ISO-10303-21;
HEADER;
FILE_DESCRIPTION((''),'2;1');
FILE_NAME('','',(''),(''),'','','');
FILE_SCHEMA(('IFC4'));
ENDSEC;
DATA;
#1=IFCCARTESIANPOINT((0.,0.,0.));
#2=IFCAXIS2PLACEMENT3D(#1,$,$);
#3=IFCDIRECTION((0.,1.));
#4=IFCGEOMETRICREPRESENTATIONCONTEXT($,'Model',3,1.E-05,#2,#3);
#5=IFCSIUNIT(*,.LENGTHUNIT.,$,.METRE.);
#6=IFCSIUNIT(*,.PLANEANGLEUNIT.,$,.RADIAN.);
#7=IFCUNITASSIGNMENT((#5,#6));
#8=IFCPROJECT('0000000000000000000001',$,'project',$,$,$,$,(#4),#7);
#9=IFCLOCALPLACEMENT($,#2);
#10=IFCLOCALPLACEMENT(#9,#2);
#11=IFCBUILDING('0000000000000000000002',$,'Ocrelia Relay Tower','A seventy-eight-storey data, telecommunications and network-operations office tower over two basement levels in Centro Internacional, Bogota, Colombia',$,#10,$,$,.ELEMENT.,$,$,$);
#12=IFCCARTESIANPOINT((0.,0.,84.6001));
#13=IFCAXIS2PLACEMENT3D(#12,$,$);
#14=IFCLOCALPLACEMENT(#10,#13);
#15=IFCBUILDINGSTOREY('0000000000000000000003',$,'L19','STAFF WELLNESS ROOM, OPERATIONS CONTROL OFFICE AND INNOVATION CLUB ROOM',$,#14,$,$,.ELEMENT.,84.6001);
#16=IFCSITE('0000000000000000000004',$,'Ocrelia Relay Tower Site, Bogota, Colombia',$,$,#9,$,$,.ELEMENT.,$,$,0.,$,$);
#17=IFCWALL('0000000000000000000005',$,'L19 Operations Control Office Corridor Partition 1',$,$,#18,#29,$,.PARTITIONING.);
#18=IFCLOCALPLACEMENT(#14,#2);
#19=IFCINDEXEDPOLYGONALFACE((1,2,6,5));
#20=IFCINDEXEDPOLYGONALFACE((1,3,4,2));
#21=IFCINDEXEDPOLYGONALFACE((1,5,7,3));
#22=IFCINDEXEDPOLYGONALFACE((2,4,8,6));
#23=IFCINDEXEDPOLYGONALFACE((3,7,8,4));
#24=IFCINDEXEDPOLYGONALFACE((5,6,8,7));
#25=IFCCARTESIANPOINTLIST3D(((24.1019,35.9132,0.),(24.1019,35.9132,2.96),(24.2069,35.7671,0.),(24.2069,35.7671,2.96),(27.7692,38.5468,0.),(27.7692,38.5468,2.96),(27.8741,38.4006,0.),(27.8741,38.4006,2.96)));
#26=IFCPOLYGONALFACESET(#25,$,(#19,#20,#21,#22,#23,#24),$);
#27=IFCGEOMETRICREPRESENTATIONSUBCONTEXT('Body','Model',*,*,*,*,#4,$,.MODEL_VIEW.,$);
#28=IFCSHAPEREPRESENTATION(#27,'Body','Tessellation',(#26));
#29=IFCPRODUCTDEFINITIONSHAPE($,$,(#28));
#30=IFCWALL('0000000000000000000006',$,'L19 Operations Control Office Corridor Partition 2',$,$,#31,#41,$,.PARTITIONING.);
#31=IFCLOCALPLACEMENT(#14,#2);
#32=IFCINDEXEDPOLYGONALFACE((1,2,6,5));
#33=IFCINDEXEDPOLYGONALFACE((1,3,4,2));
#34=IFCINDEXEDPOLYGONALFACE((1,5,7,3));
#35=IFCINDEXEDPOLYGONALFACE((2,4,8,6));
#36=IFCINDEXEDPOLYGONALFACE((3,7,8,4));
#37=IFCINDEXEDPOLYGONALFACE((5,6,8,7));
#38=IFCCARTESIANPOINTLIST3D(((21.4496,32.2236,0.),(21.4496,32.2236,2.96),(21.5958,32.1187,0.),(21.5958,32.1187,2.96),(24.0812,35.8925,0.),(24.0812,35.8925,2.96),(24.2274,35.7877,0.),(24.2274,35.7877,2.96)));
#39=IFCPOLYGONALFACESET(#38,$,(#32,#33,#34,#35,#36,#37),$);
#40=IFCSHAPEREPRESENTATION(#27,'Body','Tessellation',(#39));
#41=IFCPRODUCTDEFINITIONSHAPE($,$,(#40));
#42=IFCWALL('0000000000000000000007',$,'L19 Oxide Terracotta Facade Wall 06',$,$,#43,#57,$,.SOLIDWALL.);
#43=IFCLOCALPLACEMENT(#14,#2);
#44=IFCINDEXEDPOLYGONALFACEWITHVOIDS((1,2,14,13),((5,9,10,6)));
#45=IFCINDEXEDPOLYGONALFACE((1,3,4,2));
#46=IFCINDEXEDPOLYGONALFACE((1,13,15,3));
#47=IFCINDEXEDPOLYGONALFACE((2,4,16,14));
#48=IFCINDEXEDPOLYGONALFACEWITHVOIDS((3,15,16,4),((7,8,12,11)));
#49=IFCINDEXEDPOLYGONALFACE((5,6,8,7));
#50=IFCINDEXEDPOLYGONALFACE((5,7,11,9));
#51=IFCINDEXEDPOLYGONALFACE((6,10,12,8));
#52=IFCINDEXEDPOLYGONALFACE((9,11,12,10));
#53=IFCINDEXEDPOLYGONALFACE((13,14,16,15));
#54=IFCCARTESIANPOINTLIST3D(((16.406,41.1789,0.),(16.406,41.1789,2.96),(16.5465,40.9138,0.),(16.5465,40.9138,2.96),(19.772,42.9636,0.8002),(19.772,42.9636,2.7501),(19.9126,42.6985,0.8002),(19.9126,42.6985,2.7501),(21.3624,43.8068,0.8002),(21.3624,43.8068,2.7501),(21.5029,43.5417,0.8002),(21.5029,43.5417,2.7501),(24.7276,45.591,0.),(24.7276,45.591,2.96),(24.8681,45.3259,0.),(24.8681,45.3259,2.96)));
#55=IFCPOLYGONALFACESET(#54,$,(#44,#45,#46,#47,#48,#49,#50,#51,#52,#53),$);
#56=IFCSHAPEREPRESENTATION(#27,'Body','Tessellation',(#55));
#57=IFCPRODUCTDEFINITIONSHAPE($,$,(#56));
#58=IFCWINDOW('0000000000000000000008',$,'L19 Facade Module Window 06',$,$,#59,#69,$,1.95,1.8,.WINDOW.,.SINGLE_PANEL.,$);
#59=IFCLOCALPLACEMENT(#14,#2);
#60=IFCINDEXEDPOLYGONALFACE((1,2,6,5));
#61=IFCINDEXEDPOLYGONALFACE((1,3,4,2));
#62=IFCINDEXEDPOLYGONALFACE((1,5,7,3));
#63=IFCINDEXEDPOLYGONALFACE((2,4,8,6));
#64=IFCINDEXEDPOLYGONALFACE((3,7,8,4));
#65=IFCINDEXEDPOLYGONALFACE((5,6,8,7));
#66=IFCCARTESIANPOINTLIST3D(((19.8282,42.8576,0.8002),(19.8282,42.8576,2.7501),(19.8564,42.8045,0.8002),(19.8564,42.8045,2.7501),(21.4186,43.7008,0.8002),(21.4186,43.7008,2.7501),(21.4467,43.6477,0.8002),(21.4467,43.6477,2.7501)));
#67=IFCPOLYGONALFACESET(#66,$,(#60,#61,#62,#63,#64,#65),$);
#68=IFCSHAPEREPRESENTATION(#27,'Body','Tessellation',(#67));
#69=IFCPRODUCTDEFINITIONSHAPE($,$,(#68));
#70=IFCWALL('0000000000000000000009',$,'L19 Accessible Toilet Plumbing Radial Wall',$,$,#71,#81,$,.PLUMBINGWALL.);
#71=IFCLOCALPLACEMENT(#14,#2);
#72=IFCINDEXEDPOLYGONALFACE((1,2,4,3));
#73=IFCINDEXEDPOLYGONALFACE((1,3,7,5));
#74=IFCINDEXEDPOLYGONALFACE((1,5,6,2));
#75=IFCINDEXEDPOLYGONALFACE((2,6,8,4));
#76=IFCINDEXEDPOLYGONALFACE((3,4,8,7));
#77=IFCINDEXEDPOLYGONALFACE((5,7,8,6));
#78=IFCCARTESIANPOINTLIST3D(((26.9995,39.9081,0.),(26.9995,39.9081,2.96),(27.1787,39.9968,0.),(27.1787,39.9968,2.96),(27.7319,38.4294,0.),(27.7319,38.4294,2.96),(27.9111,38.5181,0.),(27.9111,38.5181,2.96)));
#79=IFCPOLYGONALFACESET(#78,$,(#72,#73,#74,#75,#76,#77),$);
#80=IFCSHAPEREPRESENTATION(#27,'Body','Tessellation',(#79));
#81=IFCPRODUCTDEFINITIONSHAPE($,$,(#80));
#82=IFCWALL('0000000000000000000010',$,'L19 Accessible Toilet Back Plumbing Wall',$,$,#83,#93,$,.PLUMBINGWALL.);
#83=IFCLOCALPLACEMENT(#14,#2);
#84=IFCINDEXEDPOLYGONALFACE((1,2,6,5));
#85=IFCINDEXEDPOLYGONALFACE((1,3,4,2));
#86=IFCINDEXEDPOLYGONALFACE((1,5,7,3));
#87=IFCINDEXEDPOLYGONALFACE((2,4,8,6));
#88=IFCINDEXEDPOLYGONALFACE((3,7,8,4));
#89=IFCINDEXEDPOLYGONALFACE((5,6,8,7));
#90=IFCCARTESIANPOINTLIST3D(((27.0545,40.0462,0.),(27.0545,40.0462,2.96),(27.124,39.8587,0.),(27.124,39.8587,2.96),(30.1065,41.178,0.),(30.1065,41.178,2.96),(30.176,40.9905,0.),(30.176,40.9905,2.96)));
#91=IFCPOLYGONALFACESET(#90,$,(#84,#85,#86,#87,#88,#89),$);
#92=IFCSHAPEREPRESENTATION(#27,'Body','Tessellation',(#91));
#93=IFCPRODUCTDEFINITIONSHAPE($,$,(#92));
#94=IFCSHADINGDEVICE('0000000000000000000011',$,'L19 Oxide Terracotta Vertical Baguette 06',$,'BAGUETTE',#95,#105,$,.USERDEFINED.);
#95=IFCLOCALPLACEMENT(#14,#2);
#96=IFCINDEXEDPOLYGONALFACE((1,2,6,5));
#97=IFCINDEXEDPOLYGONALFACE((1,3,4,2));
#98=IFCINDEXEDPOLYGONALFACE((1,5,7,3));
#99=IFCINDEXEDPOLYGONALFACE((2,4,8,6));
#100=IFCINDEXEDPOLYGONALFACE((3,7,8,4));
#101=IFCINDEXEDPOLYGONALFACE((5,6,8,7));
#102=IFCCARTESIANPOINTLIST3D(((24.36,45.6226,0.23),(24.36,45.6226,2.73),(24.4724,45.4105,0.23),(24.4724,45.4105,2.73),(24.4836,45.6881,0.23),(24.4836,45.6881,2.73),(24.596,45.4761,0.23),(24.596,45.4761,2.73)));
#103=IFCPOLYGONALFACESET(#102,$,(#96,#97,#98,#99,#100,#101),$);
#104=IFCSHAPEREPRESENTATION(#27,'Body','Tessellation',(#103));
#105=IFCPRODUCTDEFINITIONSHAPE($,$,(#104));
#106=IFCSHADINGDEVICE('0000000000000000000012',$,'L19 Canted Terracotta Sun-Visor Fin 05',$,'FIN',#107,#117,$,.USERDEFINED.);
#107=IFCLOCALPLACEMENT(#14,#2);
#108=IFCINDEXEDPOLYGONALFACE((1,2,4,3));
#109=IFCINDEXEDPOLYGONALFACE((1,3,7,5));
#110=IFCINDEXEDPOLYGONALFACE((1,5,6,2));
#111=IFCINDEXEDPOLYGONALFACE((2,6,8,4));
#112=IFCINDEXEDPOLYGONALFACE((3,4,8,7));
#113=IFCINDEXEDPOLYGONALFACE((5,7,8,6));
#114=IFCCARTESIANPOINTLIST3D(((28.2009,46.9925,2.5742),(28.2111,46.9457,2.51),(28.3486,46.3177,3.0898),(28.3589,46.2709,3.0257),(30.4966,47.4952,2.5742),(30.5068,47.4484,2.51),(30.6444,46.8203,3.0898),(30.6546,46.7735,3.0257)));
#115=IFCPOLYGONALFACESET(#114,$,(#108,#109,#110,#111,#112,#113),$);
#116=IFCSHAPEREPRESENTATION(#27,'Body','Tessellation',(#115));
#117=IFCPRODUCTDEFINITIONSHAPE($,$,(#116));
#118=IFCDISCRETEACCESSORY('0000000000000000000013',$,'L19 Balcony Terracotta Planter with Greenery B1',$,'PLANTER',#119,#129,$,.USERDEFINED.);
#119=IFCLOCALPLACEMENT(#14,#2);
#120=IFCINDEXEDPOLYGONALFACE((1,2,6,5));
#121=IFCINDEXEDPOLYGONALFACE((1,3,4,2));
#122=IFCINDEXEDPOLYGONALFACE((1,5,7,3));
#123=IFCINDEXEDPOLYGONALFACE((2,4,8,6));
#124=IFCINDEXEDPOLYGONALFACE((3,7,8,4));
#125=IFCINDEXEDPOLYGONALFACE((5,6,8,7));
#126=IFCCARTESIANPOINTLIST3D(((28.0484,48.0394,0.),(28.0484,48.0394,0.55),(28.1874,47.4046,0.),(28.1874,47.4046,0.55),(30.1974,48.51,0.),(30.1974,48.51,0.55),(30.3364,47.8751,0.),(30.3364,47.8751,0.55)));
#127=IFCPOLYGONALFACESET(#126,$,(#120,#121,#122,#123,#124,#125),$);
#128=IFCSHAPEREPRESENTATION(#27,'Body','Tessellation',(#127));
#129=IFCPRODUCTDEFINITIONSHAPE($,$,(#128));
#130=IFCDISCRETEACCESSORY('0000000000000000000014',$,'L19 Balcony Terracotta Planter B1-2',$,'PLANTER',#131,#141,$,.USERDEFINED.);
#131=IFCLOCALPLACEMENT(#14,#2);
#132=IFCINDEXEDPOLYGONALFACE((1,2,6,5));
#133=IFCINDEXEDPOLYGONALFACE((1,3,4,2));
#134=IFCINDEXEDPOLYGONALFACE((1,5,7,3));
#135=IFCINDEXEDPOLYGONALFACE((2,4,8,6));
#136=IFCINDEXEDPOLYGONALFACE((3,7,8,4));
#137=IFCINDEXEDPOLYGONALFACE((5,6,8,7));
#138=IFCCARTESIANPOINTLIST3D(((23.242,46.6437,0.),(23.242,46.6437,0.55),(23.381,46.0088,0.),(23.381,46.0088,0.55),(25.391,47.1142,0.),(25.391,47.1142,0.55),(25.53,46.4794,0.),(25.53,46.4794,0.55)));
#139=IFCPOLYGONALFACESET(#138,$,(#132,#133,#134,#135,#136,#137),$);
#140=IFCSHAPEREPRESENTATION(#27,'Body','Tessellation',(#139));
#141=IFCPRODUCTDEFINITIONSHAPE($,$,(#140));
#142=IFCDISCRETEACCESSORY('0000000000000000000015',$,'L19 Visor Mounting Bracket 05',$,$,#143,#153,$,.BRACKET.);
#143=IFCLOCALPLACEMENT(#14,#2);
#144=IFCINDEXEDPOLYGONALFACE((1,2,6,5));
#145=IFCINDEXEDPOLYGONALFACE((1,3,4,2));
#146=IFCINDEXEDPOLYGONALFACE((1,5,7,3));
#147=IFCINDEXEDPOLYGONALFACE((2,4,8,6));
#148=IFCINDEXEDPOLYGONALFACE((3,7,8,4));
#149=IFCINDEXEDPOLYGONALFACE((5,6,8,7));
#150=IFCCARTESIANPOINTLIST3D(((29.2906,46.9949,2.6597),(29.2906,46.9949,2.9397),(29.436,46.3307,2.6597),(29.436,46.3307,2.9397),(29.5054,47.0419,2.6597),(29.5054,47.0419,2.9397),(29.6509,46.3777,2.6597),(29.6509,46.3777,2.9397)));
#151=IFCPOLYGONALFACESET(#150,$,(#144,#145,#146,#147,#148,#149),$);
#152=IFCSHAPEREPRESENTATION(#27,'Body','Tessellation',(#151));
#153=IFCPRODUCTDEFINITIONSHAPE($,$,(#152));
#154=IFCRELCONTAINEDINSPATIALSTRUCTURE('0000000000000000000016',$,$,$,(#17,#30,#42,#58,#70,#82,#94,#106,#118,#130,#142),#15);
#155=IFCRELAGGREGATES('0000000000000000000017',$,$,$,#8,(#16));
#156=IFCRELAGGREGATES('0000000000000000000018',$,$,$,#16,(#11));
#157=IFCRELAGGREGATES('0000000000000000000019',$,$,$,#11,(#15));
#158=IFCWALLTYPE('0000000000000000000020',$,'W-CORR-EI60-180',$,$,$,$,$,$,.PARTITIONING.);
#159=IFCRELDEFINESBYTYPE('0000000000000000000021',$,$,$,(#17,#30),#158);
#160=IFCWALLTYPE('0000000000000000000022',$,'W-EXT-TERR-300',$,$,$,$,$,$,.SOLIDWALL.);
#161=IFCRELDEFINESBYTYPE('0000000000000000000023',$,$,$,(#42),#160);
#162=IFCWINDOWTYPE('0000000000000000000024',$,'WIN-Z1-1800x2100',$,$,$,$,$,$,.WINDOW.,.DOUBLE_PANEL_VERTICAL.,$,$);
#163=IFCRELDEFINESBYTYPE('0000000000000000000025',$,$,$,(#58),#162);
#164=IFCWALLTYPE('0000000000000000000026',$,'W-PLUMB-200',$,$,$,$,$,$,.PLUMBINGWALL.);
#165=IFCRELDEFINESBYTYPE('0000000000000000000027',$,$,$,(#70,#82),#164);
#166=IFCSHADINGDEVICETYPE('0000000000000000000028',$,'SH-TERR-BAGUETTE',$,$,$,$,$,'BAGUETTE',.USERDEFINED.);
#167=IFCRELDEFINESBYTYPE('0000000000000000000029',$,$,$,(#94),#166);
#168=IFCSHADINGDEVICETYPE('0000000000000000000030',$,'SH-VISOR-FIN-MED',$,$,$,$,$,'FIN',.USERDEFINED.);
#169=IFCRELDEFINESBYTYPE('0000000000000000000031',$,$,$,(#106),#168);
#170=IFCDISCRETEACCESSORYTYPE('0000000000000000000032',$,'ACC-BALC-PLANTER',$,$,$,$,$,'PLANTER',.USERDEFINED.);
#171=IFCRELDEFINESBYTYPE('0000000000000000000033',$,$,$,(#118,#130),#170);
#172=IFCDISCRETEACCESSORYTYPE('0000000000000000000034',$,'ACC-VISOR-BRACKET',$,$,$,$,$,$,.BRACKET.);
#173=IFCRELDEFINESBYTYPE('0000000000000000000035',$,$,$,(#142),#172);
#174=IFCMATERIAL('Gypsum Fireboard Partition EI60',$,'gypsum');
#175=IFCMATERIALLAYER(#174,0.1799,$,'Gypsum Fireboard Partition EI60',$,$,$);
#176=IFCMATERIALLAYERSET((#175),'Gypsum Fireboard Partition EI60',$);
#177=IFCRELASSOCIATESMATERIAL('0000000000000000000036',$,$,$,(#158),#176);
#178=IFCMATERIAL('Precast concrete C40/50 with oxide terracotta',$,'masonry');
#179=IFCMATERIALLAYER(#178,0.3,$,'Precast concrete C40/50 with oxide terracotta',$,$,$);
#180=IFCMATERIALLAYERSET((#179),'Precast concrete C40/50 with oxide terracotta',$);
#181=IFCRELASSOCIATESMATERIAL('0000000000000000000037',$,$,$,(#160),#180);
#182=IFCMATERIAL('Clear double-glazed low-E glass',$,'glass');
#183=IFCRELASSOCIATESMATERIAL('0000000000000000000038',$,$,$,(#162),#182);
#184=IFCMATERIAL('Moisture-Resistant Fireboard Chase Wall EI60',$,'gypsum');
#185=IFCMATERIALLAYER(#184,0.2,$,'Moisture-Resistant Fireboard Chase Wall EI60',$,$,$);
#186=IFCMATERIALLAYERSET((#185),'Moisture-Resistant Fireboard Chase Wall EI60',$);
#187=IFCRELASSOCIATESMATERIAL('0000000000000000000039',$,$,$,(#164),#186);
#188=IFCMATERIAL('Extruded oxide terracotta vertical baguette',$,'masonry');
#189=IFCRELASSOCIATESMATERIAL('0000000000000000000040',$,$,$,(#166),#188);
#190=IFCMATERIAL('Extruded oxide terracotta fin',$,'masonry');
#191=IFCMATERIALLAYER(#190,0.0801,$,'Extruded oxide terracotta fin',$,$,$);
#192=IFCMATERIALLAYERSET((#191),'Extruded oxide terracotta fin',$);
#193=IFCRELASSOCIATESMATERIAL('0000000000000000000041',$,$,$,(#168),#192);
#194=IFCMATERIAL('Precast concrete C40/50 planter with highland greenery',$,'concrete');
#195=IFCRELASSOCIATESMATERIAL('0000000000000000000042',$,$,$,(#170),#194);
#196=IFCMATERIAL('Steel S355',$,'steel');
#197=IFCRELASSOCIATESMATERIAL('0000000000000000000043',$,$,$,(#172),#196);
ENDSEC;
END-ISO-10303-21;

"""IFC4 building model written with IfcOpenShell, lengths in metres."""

from ifc_helpers import new_model, si_unit, direction, frame, frame_2d, origin, origin_2d, place, context, subcontext, project, spatial, rectangle, extrude, material, layer, layer_set, type_object, element, fill, save


model = new_model("IFC4")

# Units and contexts
model_context = context("Model", 3, precision=1e-05, world=origin(), true_north=direction((0.0, 1.0)))
body_context = subcontext(model_context, "Body", "Model", "MODEL_VIEW")
ifc_project = project(units=[si_unit("LENGTHUNIT", "METRE"), si_unit("PLANEANGLEUNIT", "RADIAN")], contexts=[model_context])

# Site, building, storey
site_placement = place(None, origin())
site = spatial("IfcSite", under=ifc_project, at=site_placement, Name="Ocrelia Relay Tower Site, Bogota, Colombia", CompositionType="ELEMENT", RefElevation=0.0)
building_placement = place(site_placement, origin())
building = spatial("IfcBuilding", under=site, at=building_placement, Name="Ocrelia Relay Tower", Description="A seventy-eight-storey data, telecommunications and network-operations office tower over two basement levels in Centro Internacional, Bogota, Colombia", CompositionType="ELEMENT")
storey_placement = place(building_placement, frame((0.0, 0.0, 84.6001)))
storey = spatial("IfcBuildingStorey", under=building, at=storey_placement, Name="L19", Description="STAFF WELLNESS ROOM, OPERATIONS CONTROL OFFICE AND INNOVATION CLUB ROOM", CompositionType="ELEMENT", Elevation=84.6001)

# Shared definitions
ifc_material_1 = material(Name="Steel S355", Category="steel")

# Shared definitions
ifc_material_2 = material(Name="Gypsum Fireboard Partition EI60", Category="gypsum")
ifc_layer_1 = layer(ifc_material_2, 0.1799, Name="Gypsum Fireboard Partition EI60")
ifc_layer_set_1 = layer_set([ifc_layer_1], Name="Gypsum Fireboard Partition EI60")
wall_type_1 = type_object("IfcWallType", Name="W-CORR-EI60-180", PredefinedType="PARTITIONING", material=ifc_layer_set_1)

# Walls
wall_1_placement = place(storey_placement, frame((27.8215, 38.4736, 0.0), z_axis=(0.0, 0.0, 1.0), x_axis=(-0.812255, -0.583303, 0.0)))
element("IfcWall", 1, at=wall_1_placement, inside=storey, type_object=wall_type_1, Name="L19 Operations Control Office Corridor Partition 1", PredefinedType="PARTITIONING", context=body_context, shape_type="SweptSolid", body=[
    extrude(rectangle(XDim=4.5149, YDim=0.1799, at=frame_2d((2.2573, 0.0))), origin(), (0.0, 0.0, 1.0), 2.96),
])
wall_2_placement = place(storey_placement, frame((24.1543, 35.8401, 0.0), z_axis=(0.0, 0.0, 1.0), x_axis=(-0.582838, -0.812588, 0.0)))
element("IfcWall", 2, at=wall_2_placement, inside=storey, type_object=wall_type_1, Name="L19 Operations Control Office Corridor Partition 2", PredefinedType="PARTITIONING", context=body_context, shape_type="SweptSolid", body=[
    extrude(rectangle(XDim=4.5151, YDim=0.1799, at=frame_2d((2.2576, 0.0))), origin(), (0.0, 0.0, 1.0), 2.96),
])

# Wall, opening, window
ifc_material_3 = material(Name="Precast concrete C40/50 with oxide terracotta", Category="masonry")
ifc_layer_2 = layer(ifc_material_3, 0.3, Name="Precast concrete C40/50 with oxide terracotta")
ifc_layer_set_2 = layer_set([ifc_layer_2], Name="Precast concrete C40/50 with oxide terracotta")
wall_type_2 = type_object("IfcWallType", Name="W-EXT-TERR-300", PredefinedType="SOLIDWALL", material=ifc_layer_set_2)
wall_3_placement = place(storey_placement, frame((24.7979, 45.4585, 0.0), z_axis=(0.0, 0.0, 1.0), x_axis=(-0.883498, -0.468434, 0.0)))
wall_3 = element("IfcWall", 3, at=wall_3_placement, inside=storey, type_object=wall_type_2, Name="L19 Oxide Terracotta Facade Wall 06", PredefinedType="SOLIDWALL", context=body_context, shape_type="SweptSolid", body=[
    extrude(rectangle(XDim=9.4189, YDim=0.3, at=frame_2d((4.7095, 0.0))), origin(), (0.0, 0.0, 1.0), 2.96),
])
opening_1_placement = place(wall_3_placement, frame((3.8091, 0.0, 0.8)))
opening_1 = element("IfcOpeningElement", 4, at=opening_1_placement, cuts=wall_3, PredefinedType="OPENING", context=body_context, shape_type="SweptSolid", body=[
    extrude(rectangle(XDim=1.8, YDim=1.95, at=frame_2d((0.8999, 0.9751))), frame((0.0, 0.1602, 0.0), z_axis=(0.0, -1.0, 0.0), x_axis=(1.0, 0.0, 0.0)), (0.0, 0.0, 1.0), 0.3201),
])
ifc_material_4 = material(Name="Clear double-glazed low-E glass", Category="glass")
window_type = type_object("IfcWindowType", Name="WIN-Z1-1800x2100", PartitioningType="DOUBLE_PANEL_VERTICAL", PredefinedType="WINDOW", material=ifc_material_4)
window_placement = place(opening_1_placement, origin())
window = element("IfcWindow", 5, at=window_placement, inside=storey, type_object=window_type, Name="L19 Facade Module Window 06", OverallHeight=1.95, OverallWidth=1.8, PartitioningType="SINGLE_PANEL", PredefinedType="WINDOW", context=body_context, shape_type="SweptSolid", body=[
    extrude(rectangle(XDim=1.8, YDim=1.95, at=frame_2d((0.8999, 0.9751))), frame((0.0, 0.03, 0.0), z_axis=(0.0, -1.0, 0.0), x_axis=(1.0, 0.0, 0.0)), (0.0, 0.0, 1.0), 0.0601),
])
fill(opening_1, window)

# Walls
ifc_material_5 = material(Name="Moisture-Resistant Fireboard Chase Wall EI60", Category="gypsum")
ifc_layer_3 = layer(ifc_material_5, 0.2, Name="Moisture-Resistant Fireboard Chase Wall EI60")
ifc_layer_set_3 = layer_set([ifc_layer_3], Name="Moisture-Resistant Fireboard Chase Wall EI60")
wall_type_3 = type_object("IfcWallType", Name="W-PLUMB-200", PredefinedType="PLUMBINGWALL", material=ifc_layer_set_3)
wall_4_placement = place(storey_placement, frame((27.8215, 38.4736, 0.0), z_axis=(0.0, 0.0, 1.0), x_axis=(-0.443837, 0.896107, 0.0)))
element("IfcWall", 6, at=wall_4_placement, inside=storey, type_object=wall_type_3, Name="L19 Accessible Toilet Plumbing Radial Wall", PredefinedType="PLUMBINGWALL", context=body_context, shape_type="SweptSolid", body=[
    extrude(rectangle(XDim=1.6501, YDim=0.2, at=frame_2d((0.8252, 0.0))), origin(), (0.0, 0.0, 1.0), 2.96),
])
wall_5_placement = place(storey_placement, frame((30.1411, 41.0842, 0.0), z_axis=(0.0, 0.0, 1.0), x_axis=(-0.937602, -0.34771, 0.0)))
element("IfcWall", 7, at=wall_5_placement, inside=storey, type_object=wall_type_3, Name="L19 Accessible Toilet Back Plumbing Wall", PredefinedType="PLUMBINGWALL", context=body_context, shape_type="SweptSolid", body=[
    extrude(rectangle(XDim=3.2551, YDim=0.2, at=frame_2d((1.6274, 0.0))), origin(), (0.0, 0.0, 1.0), 2.96),
])

# Shading devices
ifc_material_6 = material(Name="Extruded oxide terracotta vertical baguette", Category="masonry")
shading_device_type_1 = type_object("IfcShadingDeviceType", Name="SH-TERR-BAGUETTE", ElementType="BAGUETTE", PredefinedType="USERDEFINED", material=ifc_material_6)
shading_device_1_placement = place(storey_placement, frame((24.478, 45.5493, 0.23), z_axis=(0.0, 0.0, 1.0), x_axis=(-0.883502, -0.468427, 0.0)))
element("IfcShadingDevice", 8, at=shading_device_1_placement, inside=storey, type_object=shading_device_type_1, Name="L19 Oxide Terracotta Vertical Baguette 06", ObjectType="BAGUETTE", PredefinedType="USERDEFINED", context=body_context, shape_type="SweptSolid", body=[
    extrude(rectangle(XDim=0.1399, YDim=0.24, at=origin_2d()), origin(), (0.0, 0.0, 1.0), 2.5),
])
ifc_material_7 = material(Name="Extruded oxide terracotta fin", Category="masonry")
ifc_layer_4 = layer(ifc_material_7, 0.0801, Name="Extruded oxide terracotta fin")
ifc_layer_set_4 = layer_set([ifc_layer_4], Name="Extruded oxide terracotta fin")
shading_device_type_2 = type_object("IfcShadingDeviceType", Name="SH-VISOR-FIN-MED", ElementType="FIN", PredefinedType="USERDEFINED", material=ifc_layer_set_4)
shading_device_2_placement = place(storey_placement, frame((29.4329, 46.8596, 2.7678), z_axis=(-0.127941, 0.584342, 0.801358), x_axis=(-0.976859, -0.213883, 0.0)))
element("IfcShadingDevice", 9, at=shading_device_2_placement, inside=storey, type_object=shading_device_type_2, Name="L19 Canted Terracotta Sun-Visor Fin 05", ObjectType="FIN", PredefinedType="USERDEFINED", context=body_context, shape_type="SweptSolid", body=[
    extrude(rectangle(XDim=2.3501, YDim=0.8621, at=origin_2d()), origin(), (0.0, 0.0, 1.0), 0.0801),
])

# Discrete accessories
ifc_material_8 = material(Name="Precast concrete C40/50 planter with highland greenery", Category="concrete")
discrete_accessory_type_1 = type_object("IfcDiscreteAccessoryType", Name="ACC-BALC-PLANTER", ElementType="PLANTER", PredefinedType="USERDEFINED", material=ifc_material_8)
for number, where, z_axis, x_axis, name in (
    (10, (29.1924, 47.9573, 0.0), (0.0, 0.0, 1.0), (0.97686, 0.213881, 0.0), "L19 Balcony Terracotta Planter with Greenery B1"),
    (11, (24.386, 46.5615, 0.0), (0.0, 0.0, 1.0), (0.97686, 0.213881, 0.0), "L19 Balcony Terracotta Planter B1-2"),
):
    element("IfcDiscreteAccessory", number, at=place(storey_placement, frame(where, z_axis=z_axis, x_axis=x_axis)), inside=storey, type_object=discrete_accessory_type_1, Name=name, ObjectType="PLANTER", PredefinedType="USERDEFINED", context=body_context, shape_type="SweptSolid", body=[
        extrude(rectangle(XDim=2.2, YDim=0.6499, at=origin_2d()), origin(), (0.0, 0.0, 1.0), 0.55),
    ])
discrete_accessory_type_2 = type_object("IfcDiscreteAccessoryType", Name="ACC-VISOR-BRACKET", PredefinedType="BRACKET", material=ifc_material_1)
discrete_accessory_placement = place(storey_placement, frame((29.4707, 46.6863, 2.6597), z_axis=(0.0, 0.0, 1.0), x_axis=(-0.976859, -0.213883, 0.0)))
element("IfcDiscreteAccessory", 12, at=discrete_accessory_placement, inside=storey, type_object=discrete_accessory_type_2, Name="L19 Visor Mounting Bracket 05", PredefinedType="BRACKET", context=body_context, shape_type="SweptSolid", body=[
    extrude(rectangle(XDim=0.22, YDim=0.6799, at=origin_2d()), origin(), (0.0, 0.0, 1.0), 0.28),
])

save(model, "model.ifc")
